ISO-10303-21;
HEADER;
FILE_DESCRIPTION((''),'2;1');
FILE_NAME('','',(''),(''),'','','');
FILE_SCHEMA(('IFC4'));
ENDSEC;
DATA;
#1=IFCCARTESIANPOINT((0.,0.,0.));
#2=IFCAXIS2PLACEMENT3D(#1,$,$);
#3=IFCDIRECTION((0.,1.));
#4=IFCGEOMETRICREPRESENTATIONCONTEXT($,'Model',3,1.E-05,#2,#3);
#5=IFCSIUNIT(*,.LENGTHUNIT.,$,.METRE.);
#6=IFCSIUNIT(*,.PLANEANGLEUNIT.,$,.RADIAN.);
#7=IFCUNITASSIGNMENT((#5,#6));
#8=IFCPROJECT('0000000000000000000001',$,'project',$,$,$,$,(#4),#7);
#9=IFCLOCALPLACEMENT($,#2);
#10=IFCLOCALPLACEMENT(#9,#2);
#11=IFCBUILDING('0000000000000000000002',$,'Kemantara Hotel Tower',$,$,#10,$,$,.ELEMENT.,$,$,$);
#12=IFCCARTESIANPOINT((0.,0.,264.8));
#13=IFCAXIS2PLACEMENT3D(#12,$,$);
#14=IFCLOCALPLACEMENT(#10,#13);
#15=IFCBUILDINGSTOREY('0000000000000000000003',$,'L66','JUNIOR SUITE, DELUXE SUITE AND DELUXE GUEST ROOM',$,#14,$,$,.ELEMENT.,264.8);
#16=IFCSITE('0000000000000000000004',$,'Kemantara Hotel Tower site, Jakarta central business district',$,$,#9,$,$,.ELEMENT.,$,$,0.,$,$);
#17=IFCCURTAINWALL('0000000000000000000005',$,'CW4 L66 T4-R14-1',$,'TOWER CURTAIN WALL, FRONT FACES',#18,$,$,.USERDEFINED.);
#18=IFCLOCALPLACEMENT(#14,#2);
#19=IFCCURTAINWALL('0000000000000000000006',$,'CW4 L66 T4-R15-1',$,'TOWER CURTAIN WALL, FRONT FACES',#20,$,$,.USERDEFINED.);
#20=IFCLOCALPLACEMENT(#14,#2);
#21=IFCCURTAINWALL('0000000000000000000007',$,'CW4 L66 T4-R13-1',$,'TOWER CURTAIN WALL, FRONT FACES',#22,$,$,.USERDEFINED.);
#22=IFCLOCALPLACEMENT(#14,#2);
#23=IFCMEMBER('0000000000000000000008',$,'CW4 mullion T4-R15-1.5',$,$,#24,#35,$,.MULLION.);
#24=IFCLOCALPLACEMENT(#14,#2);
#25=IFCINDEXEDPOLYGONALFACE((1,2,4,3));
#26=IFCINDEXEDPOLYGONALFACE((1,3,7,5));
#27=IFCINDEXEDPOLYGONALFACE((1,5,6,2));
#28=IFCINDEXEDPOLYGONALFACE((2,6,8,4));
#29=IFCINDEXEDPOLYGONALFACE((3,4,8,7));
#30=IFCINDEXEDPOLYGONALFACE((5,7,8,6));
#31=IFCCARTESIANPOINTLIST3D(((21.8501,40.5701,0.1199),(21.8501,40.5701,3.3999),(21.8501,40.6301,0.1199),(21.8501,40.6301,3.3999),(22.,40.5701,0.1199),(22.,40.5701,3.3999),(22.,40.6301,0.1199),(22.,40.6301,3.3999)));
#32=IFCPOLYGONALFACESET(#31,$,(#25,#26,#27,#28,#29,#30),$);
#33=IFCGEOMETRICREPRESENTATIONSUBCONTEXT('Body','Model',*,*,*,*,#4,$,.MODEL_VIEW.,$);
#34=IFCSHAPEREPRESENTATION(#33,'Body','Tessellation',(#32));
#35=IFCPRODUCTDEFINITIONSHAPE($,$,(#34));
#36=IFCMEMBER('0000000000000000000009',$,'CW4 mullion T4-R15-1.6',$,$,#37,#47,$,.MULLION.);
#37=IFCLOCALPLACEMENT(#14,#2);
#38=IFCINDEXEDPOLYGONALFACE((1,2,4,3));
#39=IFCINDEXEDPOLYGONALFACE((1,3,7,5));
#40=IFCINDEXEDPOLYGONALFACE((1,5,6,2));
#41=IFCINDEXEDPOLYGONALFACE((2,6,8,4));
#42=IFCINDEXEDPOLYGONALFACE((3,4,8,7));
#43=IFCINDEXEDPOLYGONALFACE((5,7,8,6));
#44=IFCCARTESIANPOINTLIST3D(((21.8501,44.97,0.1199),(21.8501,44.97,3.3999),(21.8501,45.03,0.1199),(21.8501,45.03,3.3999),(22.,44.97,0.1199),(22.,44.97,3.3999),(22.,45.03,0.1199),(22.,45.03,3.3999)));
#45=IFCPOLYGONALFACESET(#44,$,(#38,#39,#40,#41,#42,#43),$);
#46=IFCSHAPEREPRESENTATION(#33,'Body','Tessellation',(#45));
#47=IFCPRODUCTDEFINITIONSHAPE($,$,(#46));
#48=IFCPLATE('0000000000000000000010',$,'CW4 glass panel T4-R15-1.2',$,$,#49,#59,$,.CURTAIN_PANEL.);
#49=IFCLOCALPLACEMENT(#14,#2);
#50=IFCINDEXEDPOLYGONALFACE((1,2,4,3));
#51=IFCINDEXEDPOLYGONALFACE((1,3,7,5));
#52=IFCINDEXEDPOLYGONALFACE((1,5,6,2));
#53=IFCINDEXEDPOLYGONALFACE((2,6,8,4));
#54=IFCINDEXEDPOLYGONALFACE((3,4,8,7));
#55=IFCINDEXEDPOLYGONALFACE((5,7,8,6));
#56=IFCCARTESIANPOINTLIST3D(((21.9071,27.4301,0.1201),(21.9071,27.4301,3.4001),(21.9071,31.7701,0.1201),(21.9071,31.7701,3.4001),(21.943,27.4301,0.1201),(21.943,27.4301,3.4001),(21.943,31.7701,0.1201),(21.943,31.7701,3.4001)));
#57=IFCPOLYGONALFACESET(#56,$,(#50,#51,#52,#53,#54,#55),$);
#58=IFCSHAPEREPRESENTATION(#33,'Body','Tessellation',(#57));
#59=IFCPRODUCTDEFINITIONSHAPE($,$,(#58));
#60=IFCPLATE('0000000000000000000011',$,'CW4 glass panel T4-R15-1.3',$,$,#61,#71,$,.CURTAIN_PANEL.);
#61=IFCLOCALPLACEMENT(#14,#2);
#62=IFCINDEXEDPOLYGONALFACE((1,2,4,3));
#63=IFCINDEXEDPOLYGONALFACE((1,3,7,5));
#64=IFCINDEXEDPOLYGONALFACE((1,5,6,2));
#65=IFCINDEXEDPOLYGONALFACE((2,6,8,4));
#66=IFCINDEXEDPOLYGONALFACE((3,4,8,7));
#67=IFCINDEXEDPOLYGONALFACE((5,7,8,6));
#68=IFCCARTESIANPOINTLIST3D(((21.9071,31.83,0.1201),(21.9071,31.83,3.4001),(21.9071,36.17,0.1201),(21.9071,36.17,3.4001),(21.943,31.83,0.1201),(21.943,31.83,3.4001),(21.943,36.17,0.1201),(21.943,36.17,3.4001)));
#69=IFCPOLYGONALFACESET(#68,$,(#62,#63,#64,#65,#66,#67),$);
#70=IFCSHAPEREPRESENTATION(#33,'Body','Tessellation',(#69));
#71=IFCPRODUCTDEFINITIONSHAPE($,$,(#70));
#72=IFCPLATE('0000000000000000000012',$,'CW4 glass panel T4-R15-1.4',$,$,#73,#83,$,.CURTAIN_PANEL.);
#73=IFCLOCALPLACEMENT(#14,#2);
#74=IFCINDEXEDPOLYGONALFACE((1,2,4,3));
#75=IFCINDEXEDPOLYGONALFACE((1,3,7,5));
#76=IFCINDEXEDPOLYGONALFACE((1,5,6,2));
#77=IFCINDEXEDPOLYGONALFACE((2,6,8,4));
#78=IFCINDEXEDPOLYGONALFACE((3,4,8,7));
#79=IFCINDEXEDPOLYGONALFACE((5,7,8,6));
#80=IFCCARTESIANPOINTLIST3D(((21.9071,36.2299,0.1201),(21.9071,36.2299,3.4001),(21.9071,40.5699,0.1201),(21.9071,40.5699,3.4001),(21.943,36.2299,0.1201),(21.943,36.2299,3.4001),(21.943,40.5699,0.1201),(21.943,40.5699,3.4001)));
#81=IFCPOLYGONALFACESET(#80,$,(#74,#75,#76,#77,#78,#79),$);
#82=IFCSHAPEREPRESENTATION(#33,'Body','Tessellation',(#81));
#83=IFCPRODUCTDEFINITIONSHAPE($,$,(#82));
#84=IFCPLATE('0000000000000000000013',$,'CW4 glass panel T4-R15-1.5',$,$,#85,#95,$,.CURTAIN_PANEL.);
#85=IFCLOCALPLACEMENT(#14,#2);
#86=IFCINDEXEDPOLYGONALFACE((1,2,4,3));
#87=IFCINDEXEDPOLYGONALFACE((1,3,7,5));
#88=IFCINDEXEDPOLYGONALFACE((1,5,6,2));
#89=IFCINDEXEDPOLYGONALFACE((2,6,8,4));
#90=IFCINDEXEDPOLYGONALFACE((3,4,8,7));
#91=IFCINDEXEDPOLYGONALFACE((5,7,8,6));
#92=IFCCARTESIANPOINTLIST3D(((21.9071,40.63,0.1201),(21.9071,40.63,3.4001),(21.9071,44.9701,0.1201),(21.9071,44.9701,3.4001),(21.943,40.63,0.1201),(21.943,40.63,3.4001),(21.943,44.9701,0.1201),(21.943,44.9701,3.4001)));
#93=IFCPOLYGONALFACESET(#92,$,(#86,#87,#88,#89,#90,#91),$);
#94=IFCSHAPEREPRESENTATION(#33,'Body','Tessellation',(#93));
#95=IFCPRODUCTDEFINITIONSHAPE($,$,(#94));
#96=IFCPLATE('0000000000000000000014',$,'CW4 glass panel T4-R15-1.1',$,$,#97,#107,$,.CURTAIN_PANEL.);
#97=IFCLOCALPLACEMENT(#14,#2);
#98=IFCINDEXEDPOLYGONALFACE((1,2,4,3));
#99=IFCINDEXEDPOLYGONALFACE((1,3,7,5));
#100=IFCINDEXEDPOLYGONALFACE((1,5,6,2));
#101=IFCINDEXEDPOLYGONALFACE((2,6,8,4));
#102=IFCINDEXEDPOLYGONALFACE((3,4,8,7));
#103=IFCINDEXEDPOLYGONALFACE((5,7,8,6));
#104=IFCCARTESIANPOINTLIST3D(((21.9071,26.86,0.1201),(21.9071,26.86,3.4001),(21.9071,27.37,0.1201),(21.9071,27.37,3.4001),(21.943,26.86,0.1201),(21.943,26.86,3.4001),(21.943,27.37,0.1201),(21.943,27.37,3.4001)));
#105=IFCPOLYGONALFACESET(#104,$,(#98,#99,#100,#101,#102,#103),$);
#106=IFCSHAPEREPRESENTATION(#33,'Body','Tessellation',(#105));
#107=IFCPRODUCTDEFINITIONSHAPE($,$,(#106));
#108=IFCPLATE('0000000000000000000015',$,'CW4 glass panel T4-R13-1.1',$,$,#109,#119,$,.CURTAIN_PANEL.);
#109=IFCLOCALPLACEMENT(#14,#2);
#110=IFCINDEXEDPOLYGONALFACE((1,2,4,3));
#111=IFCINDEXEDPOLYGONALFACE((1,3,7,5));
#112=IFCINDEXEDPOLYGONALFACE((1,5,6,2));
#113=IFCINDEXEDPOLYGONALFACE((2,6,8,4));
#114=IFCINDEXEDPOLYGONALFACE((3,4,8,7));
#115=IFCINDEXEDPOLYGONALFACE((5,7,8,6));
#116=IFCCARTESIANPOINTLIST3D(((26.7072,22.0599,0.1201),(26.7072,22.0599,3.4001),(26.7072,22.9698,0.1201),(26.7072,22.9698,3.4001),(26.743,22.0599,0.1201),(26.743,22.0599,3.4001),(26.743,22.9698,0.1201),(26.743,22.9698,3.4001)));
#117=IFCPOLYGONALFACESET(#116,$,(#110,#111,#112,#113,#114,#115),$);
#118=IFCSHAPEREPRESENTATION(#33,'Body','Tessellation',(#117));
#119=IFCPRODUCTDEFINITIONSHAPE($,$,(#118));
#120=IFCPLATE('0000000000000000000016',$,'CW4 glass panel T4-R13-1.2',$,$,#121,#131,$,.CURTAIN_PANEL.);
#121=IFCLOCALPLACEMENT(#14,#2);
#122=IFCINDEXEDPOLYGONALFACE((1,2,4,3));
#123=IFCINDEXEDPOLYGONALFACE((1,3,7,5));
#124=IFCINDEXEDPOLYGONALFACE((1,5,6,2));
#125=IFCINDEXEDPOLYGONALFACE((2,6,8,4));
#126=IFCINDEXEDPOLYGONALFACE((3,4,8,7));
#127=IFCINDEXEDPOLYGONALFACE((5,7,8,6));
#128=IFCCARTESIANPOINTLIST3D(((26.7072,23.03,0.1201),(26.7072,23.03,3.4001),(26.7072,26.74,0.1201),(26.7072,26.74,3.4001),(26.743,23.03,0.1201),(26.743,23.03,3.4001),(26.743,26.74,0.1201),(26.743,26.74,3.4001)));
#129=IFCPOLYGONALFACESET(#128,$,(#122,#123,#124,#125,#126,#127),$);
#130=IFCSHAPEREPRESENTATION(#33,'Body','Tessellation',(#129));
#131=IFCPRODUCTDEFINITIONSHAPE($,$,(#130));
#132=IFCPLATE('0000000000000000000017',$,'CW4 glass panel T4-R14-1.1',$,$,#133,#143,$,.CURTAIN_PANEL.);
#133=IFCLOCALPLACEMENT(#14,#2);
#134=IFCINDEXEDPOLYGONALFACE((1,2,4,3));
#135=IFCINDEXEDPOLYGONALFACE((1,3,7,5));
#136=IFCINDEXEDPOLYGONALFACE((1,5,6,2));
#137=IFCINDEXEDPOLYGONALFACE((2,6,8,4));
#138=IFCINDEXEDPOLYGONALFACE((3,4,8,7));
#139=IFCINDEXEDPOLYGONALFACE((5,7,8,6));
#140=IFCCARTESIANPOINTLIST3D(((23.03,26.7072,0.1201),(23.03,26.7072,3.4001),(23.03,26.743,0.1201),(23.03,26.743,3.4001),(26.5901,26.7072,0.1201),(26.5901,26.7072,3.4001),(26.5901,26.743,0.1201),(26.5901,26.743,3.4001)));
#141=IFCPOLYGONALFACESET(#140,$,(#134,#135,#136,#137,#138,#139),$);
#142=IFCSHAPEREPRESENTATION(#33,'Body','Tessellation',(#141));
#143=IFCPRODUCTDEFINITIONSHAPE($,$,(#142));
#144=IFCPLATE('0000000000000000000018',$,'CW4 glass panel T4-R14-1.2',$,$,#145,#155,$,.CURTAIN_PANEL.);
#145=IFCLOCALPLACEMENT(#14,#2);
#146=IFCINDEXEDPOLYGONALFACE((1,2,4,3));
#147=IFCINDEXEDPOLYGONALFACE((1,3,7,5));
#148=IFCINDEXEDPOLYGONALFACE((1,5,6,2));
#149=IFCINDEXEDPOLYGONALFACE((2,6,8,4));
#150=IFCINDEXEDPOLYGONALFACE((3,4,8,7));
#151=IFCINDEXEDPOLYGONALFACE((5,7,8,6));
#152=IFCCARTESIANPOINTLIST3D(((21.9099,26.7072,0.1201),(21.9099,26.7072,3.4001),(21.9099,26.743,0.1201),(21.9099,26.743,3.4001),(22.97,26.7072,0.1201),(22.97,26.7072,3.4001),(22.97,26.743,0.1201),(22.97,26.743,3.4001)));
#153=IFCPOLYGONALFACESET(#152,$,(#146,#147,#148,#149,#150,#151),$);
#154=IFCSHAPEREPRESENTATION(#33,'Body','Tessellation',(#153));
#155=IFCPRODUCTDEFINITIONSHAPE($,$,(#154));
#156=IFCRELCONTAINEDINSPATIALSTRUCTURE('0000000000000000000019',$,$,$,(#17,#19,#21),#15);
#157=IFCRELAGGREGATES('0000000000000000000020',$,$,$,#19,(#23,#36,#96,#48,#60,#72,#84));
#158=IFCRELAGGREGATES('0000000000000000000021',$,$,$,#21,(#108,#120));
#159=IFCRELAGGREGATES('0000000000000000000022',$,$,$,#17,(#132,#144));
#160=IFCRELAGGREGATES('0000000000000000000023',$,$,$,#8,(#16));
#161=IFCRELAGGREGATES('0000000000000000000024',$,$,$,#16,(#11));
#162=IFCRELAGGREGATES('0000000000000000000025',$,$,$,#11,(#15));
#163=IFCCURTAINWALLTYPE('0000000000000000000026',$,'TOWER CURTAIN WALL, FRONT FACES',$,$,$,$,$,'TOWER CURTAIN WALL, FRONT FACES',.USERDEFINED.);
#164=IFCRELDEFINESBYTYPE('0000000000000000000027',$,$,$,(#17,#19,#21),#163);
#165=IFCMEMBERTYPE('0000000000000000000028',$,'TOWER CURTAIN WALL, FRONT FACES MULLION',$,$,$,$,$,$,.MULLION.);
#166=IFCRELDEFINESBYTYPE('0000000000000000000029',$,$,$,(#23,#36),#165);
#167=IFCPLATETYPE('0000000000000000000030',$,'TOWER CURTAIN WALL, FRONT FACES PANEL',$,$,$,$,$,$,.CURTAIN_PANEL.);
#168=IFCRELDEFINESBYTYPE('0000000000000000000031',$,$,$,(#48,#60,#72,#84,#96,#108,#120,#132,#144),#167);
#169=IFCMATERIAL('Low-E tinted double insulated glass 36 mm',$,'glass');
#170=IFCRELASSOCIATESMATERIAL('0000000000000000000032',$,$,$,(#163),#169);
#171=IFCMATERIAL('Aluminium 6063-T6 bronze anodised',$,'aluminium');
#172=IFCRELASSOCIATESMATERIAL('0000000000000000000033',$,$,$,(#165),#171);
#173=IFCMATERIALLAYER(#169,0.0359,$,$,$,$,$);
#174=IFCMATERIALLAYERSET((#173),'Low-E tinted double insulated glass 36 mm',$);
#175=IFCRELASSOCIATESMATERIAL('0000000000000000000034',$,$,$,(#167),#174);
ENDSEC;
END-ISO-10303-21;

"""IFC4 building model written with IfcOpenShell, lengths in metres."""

from ifc_helpers import new_model, si_unit, direction, frame, origin, origin_2d, place, context, subcontext, project, spatial, rectangle, extrude, source, transform, mapped, material, layer, layer_set, material_profile, profile_set, type_object, element, aggregate, save


model = new_model("IFC4")

# Units and contexts
model_context = context("Model", 3, precision=1e-05, world=origin(), true_north=direction((0.0, 1.0)))
body_context = subcontext(model_context, "Body", "Model", "MODEL_VIEW")
ifc_project = project(units=[si_unit("LENGTHUNIT", "METRE"), si_unit("PLANEANGLEUNIT", "RADIAN")], contexts=[model_context])

# Site, building, storey
site_placement = place(None, origin())
site = spatial("IfcSite", under=ifc_project, at=site_placement, Name="Kemantara Hotel Tower site, Jakarta central business district", CompositionType="ELEMENT", RefElevation=0.0)
building_placement = place(site_placement, origin())
building = spatial("IfcBuilding", under=site, at=building_placement, Name="Kemantara Hotel Tower", CompositionType="ELEMENT")
storey_placement = place(building_placement, frame((0.0, 0.0, 264.8)))
storey = spatial("IfcBuildingStorey", under=building, at=storey_placement, Name="L66", Description="JUNIOR SUITE, DELUXE SUITE AND DELUXE GUEST ROOM", CompositionType="ELEMENT", Elevation=264.8)

# Curtain walls
ifc_material_1 = material(Name="Low-E tinted double insulated glass 36 mm", Category="glass")
curtain_wall_type = type_object("IfcCurtainWallType", Name="TOWER CURTAIN WALL, FRONT FACES", ElementType="TOWER CURTAIN WALL, FRONT FACES", PredefinedType="USERDEFINED", material=ifc_material_1)
curtain_wall_1_placement = place(storey_placement, origin())
curtain_wall_1 = element("IfcCurtainWall", 1, at=curtain_wall_1_placement, inside=storey, type_object=curtain_wall_type, Name="CW4 L66 T4-R14-1", ObjectType="TOWER CURTAIN WALL, FRONT FACES", PredefinedType="USERDEFINED")
ifc_material_2 = material(Name="Aluminium 6063-T6 bronze anodised", Category="aluminium")
curtain_wall_2_placement = place(storey_placement, origin())
curtain_wall_2 = element("IfcCurtainWall", 2, at=curtain_wall_2_placement, inside=storey, type_object=curtain_wall_type, Name="CW4 L66 T4-R15-1", ObjectType="TOWER CURTAIN WALL, FRONT FACES", PredefinedType="USERDEFINED")

# Curtain wall
curtain_wall_3_placement = place(storey_placement, origin())
curtain_wall_3 = element("IfcCurtainWall", 3, at=curtain_wall_3_placement, inside=storey, type_object=curtain_wall_type, Name="CW4 L66 T4-R13-1", ObjectType="TOWER CURTAIN WALL, FRONT FACES", PredefinedType="USERDEFINED")
ifc_material_profile_1 = material_profile(ifc_material_2, rectangle(XDim=0.1499, YDim=0.0601, at=origin_2d()), Name="TOWER CURTAIN WALL, FRONT FACES MULLION")
ifc_profile_set_1 = profile_set([ifc_material_profile_1], Name="Aluminium 6063-T6 bronze anodised")
member_type_1 = type_object("IfcMemberType", Name="TOWER CURTAIN WALL, FRONT FACES MULLION", PredefinedType="MULLION", material=ifc_profile_set_1)
shared_shape_1 = source(origin(), body_context, "Body", "SweptSolid", [
    extrude(rectangle(XDim=0.1499, YDim=0.0601, at=origin_2d()), origin(), (0.0, 0.0, 1.0), 3.28),
])

# Members
member_1_placement = place(storey_placement, frame((21.925, 40.6001, 0.1199), z_axis=(0.0, 0.0, 1.0), x_axis=(-1.0, 0.0, 0.0)))
member_1 = element("IfcMember", 4, at=member_1_placement, type_object=member_type_1, Name="CW4 mullion T4-R15-1.5", PredefinedType="MULLION", context=body_context, shape_type="MappedRepresentation", body=[
    mapped(shared_shape_1, transform((0.0, 0.0, 0.0))),
])
member_2_placement = place(storey_placement, frame((21.925, 45.0, 0.1199), z_axis=(0.0, 0.0, 1.0), x_axis=(-1.0, 0.0, 0.0)))
member_2 = element("IfcMember", 5, at=member_2_placement, type_object=member_type_1, Name="CW4 mullion T4-R15-1.6", PredefinedType="MULLION", context=body_context, shape_type="MappedRepresentation", body=[
    mapped(shared_shape_1, transform((0.0, 0.0, 0.0))),
])

# Plates
ifc_layer_1 = layer(ifc_material_1, 0.0359)
ifc_layer_set_1 = layer_set([ifc_layer_1], Name="Low-E tinted double insulated glass 36 mm")
plate_type = type_object("IfcPlateType", Name="TOWER CURTAIN WALL, FRONT FACES PANEL", PredefinedType="CURTAIN_PANEL", material=ifc_layer_set_1)
shared_shape_2 = source(origin(), body_context, "Body", "SweptSolid", [
    extrude(rectangle(XDim=4.3401, YDim=0.0359, at=origin_2d()), origin(), (0.0, 0.0, 1.0), 3.28),
])
plate_1_placement = place(storey_placement, frame((21.925, 29.6001, 0.1201), z_axis=(0.0, 0.0, 1.0), x_axis=(0.0, 1.0, 0.0)))
plate_1 = element("IfcPlate", 6, at=plate_1_placement, type_object=plate_type, Name="CW4 glass panel T4-R15-1.2", PredefinedType="CURTAIN_PANEL", context=body_context, shape_type="MappedRepresentation", body=[
    mapped(shared_shape_2, transform((0.0, 0.0, 0.0))),
])
plate_2_placement = place(storey_placement, frame((21.925, 34.0, 0.1201), z_axis=(0.0, 0.0, 1.0), x_axis=(0.0, 1.0, 0.0)))
plate_2 = element("IfcPlate", 7, at=plate_2_placement, type_object=plate_type, Name="CW4 glass panel T4-R15-1.3", PredefinedType="CURTAIN_PANEL", context=body_context, shape_type="MappedRepresentation", body=[
    mapped(shared_shape_2, transform((0.0, 0.0, 0.0))),
])
plate_3_placement = place(storey_placement, frame((21.925, 38.3999, 0.1201), z_axis=(0.0, 0.0, 1.0), x_axis=(0.0, 1.0, 0.0)))
plate_3 = element("IfcPlate", 8, at=plate_3_placement, type_object=plate_type, Name="CW4 glass panel T4-R15-1.4", PredefinedType="CURTAIN_PANEL", context=body_context, shape_type="MappedRepresentation", body=[
    mapped(shared_shape_2, transform((0.0, 0.0, 0.0))),
])
plate_4_placement = place(storey_placement, frame((21.925, 42.8, 0.1201), z_axis=(0.0, 0.0, 1.0), x_axis=(0.0, 1.0, 0.0)))
plate_4 = element("IfcPlate", 9, at=plate_4_placement, type_object=plate_type, Name="CW4 glass panel T4-R15-1.5", PredefinedType="CURTAIN_PANEL", context=body_context, shape_type="MappedRepresentation", body=[
    mapped(shared_shape_2, transform((0.0, 0.0, 0.0))),
])
shared_shape_3 = source(origin(), body_context, "Body", "SweptSolid", [
    extrude(rectangle(XDim=0.51, YDim=0.0359, at=origin_2d()), origin(), (0.0, 0.0, 1.0), 3.28),
])
plate_5_placement = place(storey_placement, frame((21.925, 27.115, 0.1201), z_axis=(0.0, 0.0, 1.0), x_axis=(0.0, 1.0, 0.0)))
plate_5 = element("IfcPlate", 10, at=plate_5_placement, type_object=plate_type, Name="CW4 glass panel T4-R15-1.1", PredefinedType="CURTAIN_PANEL", context=body_context, shape_type="MappedRepresentation", body=[
    mapped(shared_shape_3, transform((0.0, 0.0, 0.0))),
])
aggregate(curtain_wall_2, [member_1, member_2, plate_5, plate_1, plate_2, plate_3, plate_4])
shared_shape_4 = source(origin(), body_context, "Body", "SweptSolid", [
    extrude(rectangle(XDim=0.9099, YDim=0.0359, at=origin_2d()), origin(), (0.0, 0.0, 1.0), 3.28),
])
plate_6_placement = place(storey_placement, frame((26.7251, 22.5149, 0.1201), z_axis=(0.0, 0.0, 1.0), x_axis=(0.0, 1.0, 0.0)))
plate_6 = element("IfcPlate", 11, at=plate_6_placement, type_object=plate_type, Name="CW4 glass panel T4-R13-1.1", PredefinedType="CURTAIN_PANEL", context=body_context, shape_type="MappedRepresentation", body=[
    mapped(shared_shape_4, transform((0.0, 0.0, 0.0))),
])
shared_shape_5 = source(origin(), body_context, "Body", "SweptSolid", [
    extrude(rectangle(XDim=3.71, YDim=0.0359, at=origin_2d()), origin(), (0.0, 0.0, 1.0), 3.28),
])
plate_7_placement = place(storey_placement, frame((26.7251, 24.885, 0.1201), z_axis=(0.0, 0.0, 1.0), x_axis=(0.0, 1.0, 0.0)))
plate_7 = element("IfcPlate", 12, at=plate_7_placement, type_object=plate_type, Name="CW4 glass panel T4-R13-1.2", PredefinedType="CURTAIN_PANEL", context=body_context, shape_type="MappedRepresentation", body=[
    mapped(shared_shape_5, transform((0.0, 0.0, 0.0))),
])
aggregate(curtain_wall_3, [plate_6, plate_7])
shared_shape_6 = source(origin(), body_context, "Body", "SweptSolid", [
    extrude(rectangle(XDim=3.5601, YDim=0.0359, at=origin_2d()), origin(), (0.0, 0.0, 1.0), 3.28),
])
plate_8_placement = place(storey_placement, frame((24.8101, 26.7251, 0.1201), z_axis=(0.0, 0.0, 1.0), x_axis=(-1.0, 0.0, 0.0)))
plate_8 = element("IfcPlate", 13, at=plate_8_placement, type_object=plate_type, Name="CW4 glass panel T4-R14-1.1", PredefinedType="CURTAIN_PANEL", context=body_context, shape_type="MappedRepresentation", body=[
    mapped(shared_shape_6, transform((0.0, 0.0, 0.0))),
])
shared_shape_7 = source(origin(), body_context, "Body", "SweptSolid", [
    extrude(rectangle(XDim=1.0601, YDim=0.0359, at=origin_2d()), origin(), (0.0, 0.0, 1.0), 3.28),
])
plate_9_placement = place(storey_placement, frame((22.4399, 26.7251, 0.1201), z_axis=(0.0, 0.0, 1.0), x_axis=(-1.0, 0.0, 0.0)))
plate_9 = element("IfcPlate", 14, at=plate_9_placement, type_object=plate_type, Name="CW4 glass panel T4-R14-1.2", PredefinedType="CURTAIN_PANEL", context=body_context, shape_type="MappedRepresentation", body=[
    mapped(shared_shape_7, transform((0.0, 0.0, 0.0))),
])
aggregate(curtain_wall_1, [plate_8, plate_9])

save(model, "model.ifc")
